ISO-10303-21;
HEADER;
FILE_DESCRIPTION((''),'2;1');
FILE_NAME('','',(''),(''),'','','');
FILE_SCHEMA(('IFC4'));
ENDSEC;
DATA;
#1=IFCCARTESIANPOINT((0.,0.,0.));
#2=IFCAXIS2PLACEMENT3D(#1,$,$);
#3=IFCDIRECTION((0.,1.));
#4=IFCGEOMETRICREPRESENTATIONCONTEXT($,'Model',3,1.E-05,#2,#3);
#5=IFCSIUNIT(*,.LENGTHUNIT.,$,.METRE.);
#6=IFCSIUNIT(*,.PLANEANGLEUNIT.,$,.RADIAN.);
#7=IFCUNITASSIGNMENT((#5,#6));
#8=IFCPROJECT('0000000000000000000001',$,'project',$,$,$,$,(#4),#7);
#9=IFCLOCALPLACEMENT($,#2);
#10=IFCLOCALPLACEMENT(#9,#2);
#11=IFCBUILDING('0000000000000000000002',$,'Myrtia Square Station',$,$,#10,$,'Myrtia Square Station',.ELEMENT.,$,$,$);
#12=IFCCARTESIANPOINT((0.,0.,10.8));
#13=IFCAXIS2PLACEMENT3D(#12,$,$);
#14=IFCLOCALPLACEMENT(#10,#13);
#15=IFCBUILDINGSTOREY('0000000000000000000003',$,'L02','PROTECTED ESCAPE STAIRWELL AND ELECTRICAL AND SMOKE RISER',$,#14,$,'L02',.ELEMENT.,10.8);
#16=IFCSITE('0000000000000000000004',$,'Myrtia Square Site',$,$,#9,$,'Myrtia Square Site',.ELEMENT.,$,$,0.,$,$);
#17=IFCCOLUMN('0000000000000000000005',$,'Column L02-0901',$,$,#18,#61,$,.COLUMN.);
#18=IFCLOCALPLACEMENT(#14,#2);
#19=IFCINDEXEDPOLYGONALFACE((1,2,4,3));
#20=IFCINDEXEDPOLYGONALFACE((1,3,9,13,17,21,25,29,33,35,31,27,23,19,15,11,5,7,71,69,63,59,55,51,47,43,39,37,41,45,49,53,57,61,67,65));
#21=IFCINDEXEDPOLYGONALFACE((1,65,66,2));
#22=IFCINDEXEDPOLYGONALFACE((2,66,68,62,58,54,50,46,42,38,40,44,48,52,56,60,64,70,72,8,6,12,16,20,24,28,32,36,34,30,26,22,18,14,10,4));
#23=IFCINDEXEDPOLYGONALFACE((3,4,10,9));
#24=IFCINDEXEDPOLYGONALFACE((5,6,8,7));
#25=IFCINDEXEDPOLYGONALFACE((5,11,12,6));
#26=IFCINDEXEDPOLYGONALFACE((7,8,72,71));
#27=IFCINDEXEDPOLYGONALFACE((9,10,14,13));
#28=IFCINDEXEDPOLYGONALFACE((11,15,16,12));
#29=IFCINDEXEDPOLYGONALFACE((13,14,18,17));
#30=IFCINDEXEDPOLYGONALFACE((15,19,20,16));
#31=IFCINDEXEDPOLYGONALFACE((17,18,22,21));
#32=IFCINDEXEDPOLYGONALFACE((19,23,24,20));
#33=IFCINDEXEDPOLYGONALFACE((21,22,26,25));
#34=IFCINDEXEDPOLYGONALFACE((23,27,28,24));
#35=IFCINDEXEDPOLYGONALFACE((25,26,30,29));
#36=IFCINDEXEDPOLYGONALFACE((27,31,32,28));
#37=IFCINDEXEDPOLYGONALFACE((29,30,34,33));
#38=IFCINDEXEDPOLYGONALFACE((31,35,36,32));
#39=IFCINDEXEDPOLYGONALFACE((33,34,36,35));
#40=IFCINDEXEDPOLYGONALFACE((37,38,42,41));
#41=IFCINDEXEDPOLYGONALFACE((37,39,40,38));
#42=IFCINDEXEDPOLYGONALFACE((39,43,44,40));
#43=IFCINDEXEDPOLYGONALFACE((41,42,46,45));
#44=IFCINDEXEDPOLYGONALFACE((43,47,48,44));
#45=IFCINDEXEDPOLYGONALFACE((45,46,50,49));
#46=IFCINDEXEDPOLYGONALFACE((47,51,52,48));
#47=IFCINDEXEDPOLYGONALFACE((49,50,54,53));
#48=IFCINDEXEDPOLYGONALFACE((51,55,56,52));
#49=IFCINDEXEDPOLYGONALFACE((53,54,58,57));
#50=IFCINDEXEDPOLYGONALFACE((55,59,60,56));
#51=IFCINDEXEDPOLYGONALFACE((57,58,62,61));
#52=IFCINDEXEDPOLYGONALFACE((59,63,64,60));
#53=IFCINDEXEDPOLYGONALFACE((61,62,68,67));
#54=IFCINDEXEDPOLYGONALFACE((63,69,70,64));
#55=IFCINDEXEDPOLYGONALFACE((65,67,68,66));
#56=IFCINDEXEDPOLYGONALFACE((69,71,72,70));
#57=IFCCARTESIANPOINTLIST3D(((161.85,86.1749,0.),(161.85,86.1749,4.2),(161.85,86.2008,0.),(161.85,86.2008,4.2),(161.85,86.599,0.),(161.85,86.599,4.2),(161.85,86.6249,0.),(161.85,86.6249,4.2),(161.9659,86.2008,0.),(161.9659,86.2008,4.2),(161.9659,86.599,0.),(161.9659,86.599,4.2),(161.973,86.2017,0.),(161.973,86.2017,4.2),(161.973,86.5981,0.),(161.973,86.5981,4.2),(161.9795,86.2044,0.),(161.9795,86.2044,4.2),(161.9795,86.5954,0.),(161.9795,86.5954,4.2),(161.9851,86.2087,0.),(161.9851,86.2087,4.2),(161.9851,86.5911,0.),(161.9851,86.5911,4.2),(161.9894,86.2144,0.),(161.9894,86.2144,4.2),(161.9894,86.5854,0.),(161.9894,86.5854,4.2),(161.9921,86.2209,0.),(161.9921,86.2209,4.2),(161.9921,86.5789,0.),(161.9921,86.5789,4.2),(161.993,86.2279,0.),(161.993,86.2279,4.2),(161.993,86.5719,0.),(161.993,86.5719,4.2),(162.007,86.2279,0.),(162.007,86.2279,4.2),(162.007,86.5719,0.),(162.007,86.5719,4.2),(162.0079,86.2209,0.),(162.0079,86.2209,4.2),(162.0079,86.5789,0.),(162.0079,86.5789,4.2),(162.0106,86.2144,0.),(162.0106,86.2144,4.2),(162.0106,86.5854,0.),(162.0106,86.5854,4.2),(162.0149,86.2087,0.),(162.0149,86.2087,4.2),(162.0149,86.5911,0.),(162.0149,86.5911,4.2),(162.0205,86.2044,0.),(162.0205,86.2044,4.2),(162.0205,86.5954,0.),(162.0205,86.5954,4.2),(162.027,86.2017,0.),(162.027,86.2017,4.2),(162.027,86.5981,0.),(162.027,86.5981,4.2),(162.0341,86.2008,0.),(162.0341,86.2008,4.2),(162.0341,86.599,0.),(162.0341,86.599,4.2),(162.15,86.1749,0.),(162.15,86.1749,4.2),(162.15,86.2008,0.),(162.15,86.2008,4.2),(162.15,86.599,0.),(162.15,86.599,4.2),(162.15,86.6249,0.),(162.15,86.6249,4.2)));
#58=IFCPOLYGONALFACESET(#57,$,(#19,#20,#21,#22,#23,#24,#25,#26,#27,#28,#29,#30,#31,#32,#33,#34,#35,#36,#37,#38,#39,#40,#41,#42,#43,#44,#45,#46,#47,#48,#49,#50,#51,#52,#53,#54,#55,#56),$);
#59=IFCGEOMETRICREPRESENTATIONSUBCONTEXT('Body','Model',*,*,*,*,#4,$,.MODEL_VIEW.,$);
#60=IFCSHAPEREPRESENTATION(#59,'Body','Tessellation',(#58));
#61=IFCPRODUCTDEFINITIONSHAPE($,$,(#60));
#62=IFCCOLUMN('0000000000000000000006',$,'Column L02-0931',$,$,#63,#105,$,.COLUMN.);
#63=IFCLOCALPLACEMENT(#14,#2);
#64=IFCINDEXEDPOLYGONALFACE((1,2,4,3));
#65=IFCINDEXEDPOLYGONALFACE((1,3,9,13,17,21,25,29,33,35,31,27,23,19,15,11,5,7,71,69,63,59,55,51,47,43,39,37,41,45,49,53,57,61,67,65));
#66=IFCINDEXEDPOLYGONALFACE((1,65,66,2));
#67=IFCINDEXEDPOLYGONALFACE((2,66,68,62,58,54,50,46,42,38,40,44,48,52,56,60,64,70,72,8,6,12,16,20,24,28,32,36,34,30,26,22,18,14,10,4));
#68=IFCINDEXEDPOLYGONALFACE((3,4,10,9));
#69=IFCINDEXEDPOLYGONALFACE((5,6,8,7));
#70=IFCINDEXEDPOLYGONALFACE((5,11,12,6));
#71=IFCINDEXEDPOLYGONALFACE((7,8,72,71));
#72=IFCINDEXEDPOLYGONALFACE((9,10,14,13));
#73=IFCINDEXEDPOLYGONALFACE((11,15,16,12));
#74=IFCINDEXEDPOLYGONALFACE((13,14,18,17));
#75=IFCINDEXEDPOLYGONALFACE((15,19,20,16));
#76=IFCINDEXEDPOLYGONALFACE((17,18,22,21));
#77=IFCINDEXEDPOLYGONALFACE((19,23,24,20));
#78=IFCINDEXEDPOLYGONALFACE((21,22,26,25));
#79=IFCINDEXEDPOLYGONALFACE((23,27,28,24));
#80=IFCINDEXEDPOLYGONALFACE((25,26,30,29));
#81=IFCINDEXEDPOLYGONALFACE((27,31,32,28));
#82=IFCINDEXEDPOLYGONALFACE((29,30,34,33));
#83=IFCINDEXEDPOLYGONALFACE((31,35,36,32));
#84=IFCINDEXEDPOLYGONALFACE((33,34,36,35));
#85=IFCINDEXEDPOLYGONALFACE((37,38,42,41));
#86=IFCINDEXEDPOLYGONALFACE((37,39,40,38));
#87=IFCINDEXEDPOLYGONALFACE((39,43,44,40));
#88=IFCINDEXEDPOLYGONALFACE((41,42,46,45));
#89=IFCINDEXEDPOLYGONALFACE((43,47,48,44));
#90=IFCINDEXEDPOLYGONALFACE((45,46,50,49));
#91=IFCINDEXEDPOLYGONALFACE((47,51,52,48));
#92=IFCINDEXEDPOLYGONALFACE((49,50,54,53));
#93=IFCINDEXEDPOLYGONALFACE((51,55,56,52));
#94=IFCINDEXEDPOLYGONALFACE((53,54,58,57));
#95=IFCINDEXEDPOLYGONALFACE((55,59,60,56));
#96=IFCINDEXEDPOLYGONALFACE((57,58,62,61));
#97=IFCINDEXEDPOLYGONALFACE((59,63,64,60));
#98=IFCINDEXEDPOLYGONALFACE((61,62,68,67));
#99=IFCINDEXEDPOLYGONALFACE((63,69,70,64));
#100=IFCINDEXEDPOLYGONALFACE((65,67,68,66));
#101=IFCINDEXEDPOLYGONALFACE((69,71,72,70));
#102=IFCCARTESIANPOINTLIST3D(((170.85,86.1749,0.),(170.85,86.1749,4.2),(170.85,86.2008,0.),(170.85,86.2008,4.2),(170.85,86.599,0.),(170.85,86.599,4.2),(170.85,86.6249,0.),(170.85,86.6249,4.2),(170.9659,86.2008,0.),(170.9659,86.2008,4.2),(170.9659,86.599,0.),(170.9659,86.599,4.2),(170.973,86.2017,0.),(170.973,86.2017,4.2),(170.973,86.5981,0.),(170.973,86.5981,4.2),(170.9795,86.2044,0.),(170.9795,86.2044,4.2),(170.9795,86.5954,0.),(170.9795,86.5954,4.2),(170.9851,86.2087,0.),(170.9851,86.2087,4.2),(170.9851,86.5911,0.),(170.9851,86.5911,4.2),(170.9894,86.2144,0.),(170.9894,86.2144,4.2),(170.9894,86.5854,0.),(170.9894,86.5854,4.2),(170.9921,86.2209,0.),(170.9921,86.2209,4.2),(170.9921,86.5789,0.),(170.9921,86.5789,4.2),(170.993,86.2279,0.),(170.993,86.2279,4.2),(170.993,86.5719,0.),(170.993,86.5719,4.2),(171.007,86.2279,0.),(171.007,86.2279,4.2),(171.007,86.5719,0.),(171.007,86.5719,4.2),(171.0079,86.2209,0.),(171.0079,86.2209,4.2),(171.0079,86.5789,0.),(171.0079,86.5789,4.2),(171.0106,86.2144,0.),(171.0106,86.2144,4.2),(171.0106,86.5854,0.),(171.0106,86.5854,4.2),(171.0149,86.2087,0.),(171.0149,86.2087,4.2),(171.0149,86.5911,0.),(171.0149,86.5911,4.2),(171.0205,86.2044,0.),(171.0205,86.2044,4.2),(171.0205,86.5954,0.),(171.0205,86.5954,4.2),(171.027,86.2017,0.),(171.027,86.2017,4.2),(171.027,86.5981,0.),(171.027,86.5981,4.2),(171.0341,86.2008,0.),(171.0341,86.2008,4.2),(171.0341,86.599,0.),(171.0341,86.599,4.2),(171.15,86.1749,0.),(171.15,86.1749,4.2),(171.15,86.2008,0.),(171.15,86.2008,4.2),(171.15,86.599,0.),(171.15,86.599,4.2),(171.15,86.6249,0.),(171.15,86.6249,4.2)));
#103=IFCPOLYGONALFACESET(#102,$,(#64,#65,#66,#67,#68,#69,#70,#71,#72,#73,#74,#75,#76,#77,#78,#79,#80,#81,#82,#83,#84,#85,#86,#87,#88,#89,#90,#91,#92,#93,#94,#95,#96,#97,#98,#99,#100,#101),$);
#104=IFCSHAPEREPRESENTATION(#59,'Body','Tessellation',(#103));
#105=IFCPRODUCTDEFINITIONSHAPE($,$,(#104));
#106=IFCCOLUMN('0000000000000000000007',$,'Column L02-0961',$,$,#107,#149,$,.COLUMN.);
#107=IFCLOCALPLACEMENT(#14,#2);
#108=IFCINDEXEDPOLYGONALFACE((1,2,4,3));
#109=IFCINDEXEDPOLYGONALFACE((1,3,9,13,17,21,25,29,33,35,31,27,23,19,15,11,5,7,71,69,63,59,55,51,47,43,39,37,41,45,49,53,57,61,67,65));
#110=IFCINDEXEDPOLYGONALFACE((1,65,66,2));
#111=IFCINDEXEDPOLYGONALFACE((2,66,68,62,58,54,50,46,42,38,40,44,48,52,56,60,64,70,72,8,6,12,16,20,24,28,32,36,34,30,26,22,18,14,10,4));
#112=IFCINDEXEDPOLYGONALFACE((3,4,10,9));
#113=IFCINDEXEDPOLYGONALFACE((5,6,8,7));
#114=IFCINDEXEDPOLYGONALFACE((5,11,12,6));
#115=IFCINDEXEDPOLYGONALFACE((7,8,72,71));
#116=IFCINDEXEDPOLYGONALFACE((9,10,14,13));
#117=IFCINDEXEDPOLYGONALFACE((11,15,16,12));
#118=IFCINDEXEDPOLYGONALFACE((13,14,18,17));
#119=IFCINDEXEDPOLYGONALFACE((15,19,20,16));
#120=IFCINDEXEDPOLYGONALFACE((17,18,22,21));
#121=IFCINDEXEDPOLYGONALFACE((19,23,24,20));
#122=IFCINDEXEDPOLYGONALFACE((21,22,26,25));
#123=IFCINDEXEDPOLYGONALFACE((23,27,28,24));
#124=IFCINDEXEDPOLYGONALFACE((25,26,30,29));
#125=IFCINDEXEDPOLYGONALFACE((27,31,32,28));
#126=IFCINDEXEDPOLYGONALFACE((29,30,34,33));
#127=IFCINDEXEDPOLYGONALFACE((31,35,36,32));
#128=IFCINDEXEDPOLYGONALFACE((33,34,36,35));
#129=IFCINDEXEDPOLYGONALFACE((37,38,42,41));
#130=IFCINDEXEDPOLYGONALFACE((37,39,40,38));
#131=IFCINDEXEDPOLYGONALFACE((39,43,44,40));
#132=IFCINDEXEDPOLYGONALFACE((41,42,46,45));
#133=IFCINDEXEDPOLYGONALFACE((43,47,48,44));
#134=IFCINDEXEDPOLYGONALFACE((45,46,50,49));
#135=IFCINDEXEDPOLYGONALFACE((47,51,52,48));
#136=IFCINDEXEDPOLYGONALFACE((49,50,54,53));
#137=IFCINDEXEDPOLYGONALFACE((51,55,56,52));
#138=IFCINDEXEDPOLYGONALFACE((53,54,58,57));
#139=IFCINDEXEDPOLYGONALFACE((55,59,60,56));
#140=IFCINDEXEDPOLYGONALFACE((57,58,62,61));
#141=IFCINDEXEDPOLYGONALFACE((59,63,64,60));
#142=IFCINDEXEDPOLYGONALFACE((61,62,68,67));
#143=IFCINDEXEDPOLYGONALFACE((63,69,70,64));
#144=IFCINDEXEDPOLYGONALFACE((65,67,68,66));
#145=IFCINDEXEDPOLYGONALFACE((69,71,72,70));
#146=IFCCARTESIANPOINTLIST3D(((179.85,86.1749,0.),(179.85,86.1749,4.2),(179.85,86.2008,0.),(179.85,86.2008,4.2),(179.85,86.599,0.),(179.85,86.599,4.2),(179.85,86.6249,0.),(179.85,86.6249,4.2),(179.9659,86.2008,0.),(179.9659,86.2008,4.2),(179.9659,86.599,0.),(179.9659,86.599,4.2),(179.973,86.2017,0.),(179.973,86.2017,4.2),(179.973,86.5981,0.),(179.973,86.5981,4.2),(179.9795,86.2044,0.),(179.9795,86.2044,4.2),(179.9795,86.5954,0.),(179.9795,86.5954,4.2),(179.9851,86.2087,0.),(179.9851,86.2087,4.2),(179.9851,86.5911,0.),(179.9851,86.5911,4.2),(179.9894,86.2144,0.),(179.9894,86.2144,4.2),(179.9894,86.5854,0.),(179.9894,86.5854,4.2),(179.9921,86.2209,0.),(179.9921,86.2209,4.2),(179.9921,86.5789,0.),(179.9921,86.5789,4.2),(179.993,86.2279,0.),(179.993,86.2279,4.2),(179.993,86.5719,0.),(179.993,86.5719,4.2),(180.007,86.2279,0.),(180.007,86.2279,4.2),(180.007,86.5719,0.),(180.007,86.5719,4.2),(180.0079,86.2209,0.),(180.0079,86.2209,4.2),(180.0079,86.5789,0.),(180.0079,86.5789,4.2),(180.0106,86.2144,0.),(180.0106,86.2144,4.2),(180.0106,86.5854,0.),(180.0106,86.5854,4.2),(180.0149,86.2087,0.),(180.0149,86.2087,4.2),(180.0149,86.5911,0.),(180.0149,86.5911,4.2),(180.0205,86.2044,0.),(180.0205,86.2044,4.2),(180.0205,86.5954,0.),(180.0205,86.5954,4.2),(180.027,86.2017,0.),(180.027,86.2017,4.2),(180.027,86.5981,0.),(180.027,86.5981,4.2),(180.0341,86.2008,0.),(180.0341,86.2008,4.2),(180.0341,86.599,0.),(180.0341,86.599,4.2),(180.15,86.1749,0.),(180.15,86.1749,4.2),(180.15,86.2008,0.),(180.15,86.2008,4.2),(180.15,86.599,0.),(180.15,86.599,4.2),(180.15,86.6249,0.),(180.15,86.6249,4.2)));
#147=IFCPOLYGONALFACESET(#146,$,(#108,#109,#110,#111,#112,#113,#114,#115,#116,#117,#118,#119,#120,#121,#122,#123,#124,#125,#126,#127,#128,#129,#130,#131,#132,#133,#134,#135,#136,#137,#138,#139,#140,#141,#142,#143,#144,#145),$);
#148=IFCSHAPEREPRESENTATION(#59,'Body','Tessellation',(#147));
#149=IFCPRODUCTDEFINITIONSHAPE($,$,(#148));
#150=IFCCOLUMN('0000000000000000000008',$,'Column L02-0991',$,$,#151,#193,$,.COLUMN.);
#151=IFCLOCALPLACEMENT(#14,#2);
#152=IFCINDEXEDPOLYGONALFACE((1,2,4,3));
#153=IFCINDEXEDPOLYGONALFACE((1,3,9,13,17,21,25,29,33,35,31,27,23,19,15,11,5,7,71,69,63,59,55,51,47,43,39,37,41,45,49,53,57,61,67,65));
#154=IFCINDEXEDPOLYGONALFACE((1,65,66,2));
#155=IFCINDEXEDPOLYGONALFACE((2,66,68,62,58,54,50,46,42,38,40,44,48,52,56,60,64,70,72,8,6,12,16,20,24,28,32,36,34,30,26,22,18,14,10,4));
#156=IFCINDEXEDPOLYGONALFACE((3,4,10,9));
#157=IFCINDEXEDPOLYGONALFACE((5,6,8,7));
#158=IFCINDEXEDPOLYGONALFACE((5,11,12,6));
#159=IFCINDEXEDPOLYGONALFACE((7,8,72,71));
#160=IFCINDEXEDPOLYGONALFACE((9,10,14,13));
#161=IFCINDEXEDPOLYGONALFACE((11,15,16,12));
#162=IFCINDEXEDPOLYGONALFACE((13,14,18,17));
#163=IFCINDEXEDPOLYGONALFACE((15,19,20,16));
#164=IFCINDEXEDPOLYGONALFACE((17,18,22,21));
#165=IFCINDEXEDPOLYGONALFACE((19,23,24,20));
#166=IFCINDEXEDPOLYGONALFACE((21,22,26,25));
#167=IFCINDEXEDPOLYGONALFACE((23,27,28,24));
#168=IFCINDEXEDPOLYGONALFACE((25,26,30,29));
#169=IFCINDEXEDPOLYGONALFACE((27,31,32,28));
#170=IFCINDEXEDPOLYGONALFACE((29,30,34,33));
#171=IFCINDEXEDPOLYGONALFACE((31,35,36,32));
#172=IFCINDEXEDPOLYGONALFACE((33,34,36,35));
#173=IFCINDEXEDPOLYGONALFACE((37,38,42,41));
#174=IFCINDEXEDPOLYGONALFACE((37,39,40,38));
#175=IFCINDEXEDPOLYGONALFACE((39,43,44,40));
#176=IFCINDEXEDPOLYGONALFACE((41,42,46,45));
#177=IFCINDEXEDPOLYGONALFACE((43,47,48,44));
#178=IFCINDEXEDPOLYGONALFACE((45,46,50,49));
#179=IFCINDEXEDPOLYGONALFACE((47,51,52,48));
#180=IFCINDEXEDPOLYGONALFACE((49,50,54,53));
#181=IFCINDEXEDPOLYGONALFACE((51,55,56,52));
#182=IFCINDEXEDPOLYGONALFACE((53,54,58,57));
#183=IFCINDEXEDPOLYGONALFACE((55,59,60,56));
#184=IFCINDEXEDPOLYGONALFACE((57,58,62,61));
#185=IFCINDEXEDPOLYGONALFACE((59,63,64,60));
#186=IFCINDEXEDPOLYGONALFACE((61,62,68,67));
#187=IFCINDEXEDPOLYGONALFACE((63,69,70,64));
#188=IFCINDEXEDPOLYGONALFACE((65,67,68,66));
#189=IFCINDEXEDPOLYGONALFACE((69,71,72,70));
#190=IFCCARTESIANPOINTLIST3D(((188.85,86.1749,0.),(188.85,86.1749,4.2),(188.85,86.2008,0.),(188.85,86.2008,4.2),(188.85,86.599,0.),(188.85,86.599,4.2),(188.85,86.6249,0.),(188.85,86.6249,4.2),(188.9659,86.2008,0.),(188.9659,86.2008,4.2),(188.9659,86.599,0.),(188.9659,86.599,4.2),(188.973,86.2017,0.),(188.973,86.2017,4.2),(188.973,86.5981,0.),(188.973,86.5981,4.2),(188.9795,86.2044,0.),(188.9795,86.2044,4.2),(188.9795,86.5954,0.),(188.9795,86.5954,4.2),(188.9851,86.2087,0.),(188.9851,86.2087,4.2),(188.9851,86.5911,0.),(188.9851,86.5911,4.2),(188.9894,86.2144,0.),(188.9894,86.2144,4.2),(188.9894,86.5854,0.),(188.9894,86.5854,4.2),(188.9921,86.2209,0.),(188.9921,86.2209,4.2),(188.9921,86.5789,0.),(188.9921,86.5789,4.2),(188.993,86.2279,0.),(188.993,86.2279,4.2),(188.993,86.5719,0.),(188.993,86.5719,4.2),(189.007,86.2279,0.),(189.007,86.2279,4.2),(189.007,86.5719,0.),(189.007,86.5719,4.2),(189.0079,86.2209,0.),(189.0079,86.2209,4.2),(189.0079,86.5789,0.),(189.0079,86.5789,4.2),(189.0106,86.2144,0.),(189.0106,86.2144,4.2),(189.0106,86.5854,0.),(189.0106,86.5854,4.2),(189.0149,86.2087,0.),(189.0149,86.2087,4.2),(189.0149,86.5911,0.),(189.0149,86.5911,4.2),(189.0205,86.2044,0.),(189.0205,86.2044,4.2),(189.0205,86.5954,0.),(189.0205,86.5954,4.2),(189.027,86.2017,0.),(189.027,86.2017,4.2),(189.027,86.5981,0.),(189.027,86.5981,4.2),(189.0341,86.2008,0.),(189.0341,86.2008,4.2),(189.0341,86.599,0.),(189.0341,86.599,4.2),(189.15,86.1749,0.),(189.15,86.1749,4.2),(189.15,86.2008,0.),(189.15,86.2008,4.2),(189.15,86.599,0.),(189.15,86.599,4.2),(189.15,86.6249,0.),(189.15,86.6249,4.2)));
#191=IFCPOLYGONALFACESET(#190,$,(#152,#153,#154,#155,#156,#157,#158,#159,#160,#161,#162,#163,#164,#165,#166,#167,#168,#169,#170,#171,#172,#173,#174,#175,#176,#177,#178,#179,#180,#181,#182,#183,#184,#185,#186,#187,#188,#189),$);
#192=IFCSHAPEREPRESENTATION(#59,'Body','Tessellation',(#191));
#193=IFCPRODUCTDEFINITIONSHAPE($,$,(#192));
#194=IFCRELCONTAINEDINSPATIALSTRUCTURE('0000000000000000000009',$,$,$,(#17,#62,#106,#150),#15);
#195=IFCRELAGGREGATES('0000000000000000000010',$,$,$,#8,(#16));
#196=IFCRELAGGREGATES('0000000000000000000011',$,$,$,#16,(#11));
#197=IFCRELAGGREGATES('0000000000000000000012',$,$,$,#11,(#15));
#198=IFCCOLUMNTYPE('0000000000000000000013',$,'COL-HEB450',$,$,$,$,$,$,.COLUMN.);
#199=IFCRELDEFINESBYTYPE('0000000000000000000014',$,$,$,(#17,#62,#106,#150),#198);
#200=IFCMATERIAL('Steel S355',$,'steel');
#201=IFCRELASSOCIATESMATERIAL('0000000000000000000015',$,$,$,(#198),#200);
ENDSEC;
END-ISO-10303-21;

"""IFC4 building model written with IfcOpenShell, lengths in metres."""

from ifc_helpers import new_model, si_unit, direction, frame, origin, origin_2d, place, context, subcontext, project, spatial, i_section, extrude, material, material_profile, profile_set, type_object, element, save


model = new_model("IFC4")

# Units and contexts
model_context = context("Model", 3, precision=1e-05, world=origin(), true_north=direction((0.0, 1.0)))
body_context = subcontext(model_context, "Body", "Model", "MODEL_VIEW")
ifc_project = project(units=[si_unit("LENGTHUNIT", "METRE"), si_unit("PLANEANGLEUNIT", "RADIAN")], contexts=[model_context])

# Site, building, storey
site_placement = place(None, origin())
site = spatial("IfcSite", under=ifc_project, at=site_placement, Name="Myrtia Square Site", LongName="Myrtia Square Site", CompositionType="ELEMENT", RefElevation=0.0)
building_placement = place(site_placement, origin())
building = spatial("IfcBuilding", under=site, at=building_placement, Name="Myrtia Square Station", LongName="Myrtia Square Station", CompositionType="ELEMENT")
storey_placement = place(building_placement, frame((0.0, 0.0, 10.8)))
storey = spatial("IfcBuildingStorey", under=building, at=storey_placement, Name="L02", Description="PROTECTED ESCAPE STAIRWELL AND ELECTRICAL AND SMOKE RISER", LongName="L02", CompositionType="ELEMENT", Elevation=10.8)

# Columns
ifc_material_1 = material(Name="Steel S355", Category="steel")
ifc_material_profile_1 = material_profile(ifc_material_1, i_section(OverallWidth=0.3, OverallDepth=0.45, WebThickness=0.0139, FlangeThickness=0.0259, FilletRadius=0.0271, at=origin_2d()), Name="HEB 450")
ifc_profile_set_1 = profile_set([ifc_material_profile_1], Name="Steel S355")
column_type = type_object("IfcColumnType", Name="COL-HEB450", PredefinedType="COLUMN", material=ifc_profile_set_1)
for number, where, z_axis, x_axis, name in (
    (1, (162.0, 86.3999, 0.0), (0.0, 0.0, 1.0), (1.0, 0.0, 0.0), "Column L02-0901"),
    (2, (171.0, 86.3999, 0.0), (0.0, 0.0, 1.0), (1.0, 0.0, 0.0), "Column L02-0931"),
    (3, (180.0, 86.3999, 0.0), (0.0, 0.0, 1.0), (1.0, 0.0, 0.0), "Column L02-0961"),
    (4, (189.0, 86.3999, 0.0), (0.0, 0.0, 1.0), (1.0, 0.0, 0.0), "Column L02-0991"),
):
    element("IfcColumn", number, at=place(storey_placement, frame(where, z_axis=z_axis, x_axis=x_axis)), inside=storey, type_object=column_type, Name=name, PredefinedType="COLUMN", context=body_context, shape_type="SweptSolid", body=[
        extrude(i_section(OverallWidth=0.3, OverallDepth=0.45, WebThickness=0.0139, FlangeThickness=0.0259, FilletRadius=0.0271, at=origin_2d()), origin(), (0.0, 0.0, 1.0), 4.2),
    ])

save(model, "model.ifc")
